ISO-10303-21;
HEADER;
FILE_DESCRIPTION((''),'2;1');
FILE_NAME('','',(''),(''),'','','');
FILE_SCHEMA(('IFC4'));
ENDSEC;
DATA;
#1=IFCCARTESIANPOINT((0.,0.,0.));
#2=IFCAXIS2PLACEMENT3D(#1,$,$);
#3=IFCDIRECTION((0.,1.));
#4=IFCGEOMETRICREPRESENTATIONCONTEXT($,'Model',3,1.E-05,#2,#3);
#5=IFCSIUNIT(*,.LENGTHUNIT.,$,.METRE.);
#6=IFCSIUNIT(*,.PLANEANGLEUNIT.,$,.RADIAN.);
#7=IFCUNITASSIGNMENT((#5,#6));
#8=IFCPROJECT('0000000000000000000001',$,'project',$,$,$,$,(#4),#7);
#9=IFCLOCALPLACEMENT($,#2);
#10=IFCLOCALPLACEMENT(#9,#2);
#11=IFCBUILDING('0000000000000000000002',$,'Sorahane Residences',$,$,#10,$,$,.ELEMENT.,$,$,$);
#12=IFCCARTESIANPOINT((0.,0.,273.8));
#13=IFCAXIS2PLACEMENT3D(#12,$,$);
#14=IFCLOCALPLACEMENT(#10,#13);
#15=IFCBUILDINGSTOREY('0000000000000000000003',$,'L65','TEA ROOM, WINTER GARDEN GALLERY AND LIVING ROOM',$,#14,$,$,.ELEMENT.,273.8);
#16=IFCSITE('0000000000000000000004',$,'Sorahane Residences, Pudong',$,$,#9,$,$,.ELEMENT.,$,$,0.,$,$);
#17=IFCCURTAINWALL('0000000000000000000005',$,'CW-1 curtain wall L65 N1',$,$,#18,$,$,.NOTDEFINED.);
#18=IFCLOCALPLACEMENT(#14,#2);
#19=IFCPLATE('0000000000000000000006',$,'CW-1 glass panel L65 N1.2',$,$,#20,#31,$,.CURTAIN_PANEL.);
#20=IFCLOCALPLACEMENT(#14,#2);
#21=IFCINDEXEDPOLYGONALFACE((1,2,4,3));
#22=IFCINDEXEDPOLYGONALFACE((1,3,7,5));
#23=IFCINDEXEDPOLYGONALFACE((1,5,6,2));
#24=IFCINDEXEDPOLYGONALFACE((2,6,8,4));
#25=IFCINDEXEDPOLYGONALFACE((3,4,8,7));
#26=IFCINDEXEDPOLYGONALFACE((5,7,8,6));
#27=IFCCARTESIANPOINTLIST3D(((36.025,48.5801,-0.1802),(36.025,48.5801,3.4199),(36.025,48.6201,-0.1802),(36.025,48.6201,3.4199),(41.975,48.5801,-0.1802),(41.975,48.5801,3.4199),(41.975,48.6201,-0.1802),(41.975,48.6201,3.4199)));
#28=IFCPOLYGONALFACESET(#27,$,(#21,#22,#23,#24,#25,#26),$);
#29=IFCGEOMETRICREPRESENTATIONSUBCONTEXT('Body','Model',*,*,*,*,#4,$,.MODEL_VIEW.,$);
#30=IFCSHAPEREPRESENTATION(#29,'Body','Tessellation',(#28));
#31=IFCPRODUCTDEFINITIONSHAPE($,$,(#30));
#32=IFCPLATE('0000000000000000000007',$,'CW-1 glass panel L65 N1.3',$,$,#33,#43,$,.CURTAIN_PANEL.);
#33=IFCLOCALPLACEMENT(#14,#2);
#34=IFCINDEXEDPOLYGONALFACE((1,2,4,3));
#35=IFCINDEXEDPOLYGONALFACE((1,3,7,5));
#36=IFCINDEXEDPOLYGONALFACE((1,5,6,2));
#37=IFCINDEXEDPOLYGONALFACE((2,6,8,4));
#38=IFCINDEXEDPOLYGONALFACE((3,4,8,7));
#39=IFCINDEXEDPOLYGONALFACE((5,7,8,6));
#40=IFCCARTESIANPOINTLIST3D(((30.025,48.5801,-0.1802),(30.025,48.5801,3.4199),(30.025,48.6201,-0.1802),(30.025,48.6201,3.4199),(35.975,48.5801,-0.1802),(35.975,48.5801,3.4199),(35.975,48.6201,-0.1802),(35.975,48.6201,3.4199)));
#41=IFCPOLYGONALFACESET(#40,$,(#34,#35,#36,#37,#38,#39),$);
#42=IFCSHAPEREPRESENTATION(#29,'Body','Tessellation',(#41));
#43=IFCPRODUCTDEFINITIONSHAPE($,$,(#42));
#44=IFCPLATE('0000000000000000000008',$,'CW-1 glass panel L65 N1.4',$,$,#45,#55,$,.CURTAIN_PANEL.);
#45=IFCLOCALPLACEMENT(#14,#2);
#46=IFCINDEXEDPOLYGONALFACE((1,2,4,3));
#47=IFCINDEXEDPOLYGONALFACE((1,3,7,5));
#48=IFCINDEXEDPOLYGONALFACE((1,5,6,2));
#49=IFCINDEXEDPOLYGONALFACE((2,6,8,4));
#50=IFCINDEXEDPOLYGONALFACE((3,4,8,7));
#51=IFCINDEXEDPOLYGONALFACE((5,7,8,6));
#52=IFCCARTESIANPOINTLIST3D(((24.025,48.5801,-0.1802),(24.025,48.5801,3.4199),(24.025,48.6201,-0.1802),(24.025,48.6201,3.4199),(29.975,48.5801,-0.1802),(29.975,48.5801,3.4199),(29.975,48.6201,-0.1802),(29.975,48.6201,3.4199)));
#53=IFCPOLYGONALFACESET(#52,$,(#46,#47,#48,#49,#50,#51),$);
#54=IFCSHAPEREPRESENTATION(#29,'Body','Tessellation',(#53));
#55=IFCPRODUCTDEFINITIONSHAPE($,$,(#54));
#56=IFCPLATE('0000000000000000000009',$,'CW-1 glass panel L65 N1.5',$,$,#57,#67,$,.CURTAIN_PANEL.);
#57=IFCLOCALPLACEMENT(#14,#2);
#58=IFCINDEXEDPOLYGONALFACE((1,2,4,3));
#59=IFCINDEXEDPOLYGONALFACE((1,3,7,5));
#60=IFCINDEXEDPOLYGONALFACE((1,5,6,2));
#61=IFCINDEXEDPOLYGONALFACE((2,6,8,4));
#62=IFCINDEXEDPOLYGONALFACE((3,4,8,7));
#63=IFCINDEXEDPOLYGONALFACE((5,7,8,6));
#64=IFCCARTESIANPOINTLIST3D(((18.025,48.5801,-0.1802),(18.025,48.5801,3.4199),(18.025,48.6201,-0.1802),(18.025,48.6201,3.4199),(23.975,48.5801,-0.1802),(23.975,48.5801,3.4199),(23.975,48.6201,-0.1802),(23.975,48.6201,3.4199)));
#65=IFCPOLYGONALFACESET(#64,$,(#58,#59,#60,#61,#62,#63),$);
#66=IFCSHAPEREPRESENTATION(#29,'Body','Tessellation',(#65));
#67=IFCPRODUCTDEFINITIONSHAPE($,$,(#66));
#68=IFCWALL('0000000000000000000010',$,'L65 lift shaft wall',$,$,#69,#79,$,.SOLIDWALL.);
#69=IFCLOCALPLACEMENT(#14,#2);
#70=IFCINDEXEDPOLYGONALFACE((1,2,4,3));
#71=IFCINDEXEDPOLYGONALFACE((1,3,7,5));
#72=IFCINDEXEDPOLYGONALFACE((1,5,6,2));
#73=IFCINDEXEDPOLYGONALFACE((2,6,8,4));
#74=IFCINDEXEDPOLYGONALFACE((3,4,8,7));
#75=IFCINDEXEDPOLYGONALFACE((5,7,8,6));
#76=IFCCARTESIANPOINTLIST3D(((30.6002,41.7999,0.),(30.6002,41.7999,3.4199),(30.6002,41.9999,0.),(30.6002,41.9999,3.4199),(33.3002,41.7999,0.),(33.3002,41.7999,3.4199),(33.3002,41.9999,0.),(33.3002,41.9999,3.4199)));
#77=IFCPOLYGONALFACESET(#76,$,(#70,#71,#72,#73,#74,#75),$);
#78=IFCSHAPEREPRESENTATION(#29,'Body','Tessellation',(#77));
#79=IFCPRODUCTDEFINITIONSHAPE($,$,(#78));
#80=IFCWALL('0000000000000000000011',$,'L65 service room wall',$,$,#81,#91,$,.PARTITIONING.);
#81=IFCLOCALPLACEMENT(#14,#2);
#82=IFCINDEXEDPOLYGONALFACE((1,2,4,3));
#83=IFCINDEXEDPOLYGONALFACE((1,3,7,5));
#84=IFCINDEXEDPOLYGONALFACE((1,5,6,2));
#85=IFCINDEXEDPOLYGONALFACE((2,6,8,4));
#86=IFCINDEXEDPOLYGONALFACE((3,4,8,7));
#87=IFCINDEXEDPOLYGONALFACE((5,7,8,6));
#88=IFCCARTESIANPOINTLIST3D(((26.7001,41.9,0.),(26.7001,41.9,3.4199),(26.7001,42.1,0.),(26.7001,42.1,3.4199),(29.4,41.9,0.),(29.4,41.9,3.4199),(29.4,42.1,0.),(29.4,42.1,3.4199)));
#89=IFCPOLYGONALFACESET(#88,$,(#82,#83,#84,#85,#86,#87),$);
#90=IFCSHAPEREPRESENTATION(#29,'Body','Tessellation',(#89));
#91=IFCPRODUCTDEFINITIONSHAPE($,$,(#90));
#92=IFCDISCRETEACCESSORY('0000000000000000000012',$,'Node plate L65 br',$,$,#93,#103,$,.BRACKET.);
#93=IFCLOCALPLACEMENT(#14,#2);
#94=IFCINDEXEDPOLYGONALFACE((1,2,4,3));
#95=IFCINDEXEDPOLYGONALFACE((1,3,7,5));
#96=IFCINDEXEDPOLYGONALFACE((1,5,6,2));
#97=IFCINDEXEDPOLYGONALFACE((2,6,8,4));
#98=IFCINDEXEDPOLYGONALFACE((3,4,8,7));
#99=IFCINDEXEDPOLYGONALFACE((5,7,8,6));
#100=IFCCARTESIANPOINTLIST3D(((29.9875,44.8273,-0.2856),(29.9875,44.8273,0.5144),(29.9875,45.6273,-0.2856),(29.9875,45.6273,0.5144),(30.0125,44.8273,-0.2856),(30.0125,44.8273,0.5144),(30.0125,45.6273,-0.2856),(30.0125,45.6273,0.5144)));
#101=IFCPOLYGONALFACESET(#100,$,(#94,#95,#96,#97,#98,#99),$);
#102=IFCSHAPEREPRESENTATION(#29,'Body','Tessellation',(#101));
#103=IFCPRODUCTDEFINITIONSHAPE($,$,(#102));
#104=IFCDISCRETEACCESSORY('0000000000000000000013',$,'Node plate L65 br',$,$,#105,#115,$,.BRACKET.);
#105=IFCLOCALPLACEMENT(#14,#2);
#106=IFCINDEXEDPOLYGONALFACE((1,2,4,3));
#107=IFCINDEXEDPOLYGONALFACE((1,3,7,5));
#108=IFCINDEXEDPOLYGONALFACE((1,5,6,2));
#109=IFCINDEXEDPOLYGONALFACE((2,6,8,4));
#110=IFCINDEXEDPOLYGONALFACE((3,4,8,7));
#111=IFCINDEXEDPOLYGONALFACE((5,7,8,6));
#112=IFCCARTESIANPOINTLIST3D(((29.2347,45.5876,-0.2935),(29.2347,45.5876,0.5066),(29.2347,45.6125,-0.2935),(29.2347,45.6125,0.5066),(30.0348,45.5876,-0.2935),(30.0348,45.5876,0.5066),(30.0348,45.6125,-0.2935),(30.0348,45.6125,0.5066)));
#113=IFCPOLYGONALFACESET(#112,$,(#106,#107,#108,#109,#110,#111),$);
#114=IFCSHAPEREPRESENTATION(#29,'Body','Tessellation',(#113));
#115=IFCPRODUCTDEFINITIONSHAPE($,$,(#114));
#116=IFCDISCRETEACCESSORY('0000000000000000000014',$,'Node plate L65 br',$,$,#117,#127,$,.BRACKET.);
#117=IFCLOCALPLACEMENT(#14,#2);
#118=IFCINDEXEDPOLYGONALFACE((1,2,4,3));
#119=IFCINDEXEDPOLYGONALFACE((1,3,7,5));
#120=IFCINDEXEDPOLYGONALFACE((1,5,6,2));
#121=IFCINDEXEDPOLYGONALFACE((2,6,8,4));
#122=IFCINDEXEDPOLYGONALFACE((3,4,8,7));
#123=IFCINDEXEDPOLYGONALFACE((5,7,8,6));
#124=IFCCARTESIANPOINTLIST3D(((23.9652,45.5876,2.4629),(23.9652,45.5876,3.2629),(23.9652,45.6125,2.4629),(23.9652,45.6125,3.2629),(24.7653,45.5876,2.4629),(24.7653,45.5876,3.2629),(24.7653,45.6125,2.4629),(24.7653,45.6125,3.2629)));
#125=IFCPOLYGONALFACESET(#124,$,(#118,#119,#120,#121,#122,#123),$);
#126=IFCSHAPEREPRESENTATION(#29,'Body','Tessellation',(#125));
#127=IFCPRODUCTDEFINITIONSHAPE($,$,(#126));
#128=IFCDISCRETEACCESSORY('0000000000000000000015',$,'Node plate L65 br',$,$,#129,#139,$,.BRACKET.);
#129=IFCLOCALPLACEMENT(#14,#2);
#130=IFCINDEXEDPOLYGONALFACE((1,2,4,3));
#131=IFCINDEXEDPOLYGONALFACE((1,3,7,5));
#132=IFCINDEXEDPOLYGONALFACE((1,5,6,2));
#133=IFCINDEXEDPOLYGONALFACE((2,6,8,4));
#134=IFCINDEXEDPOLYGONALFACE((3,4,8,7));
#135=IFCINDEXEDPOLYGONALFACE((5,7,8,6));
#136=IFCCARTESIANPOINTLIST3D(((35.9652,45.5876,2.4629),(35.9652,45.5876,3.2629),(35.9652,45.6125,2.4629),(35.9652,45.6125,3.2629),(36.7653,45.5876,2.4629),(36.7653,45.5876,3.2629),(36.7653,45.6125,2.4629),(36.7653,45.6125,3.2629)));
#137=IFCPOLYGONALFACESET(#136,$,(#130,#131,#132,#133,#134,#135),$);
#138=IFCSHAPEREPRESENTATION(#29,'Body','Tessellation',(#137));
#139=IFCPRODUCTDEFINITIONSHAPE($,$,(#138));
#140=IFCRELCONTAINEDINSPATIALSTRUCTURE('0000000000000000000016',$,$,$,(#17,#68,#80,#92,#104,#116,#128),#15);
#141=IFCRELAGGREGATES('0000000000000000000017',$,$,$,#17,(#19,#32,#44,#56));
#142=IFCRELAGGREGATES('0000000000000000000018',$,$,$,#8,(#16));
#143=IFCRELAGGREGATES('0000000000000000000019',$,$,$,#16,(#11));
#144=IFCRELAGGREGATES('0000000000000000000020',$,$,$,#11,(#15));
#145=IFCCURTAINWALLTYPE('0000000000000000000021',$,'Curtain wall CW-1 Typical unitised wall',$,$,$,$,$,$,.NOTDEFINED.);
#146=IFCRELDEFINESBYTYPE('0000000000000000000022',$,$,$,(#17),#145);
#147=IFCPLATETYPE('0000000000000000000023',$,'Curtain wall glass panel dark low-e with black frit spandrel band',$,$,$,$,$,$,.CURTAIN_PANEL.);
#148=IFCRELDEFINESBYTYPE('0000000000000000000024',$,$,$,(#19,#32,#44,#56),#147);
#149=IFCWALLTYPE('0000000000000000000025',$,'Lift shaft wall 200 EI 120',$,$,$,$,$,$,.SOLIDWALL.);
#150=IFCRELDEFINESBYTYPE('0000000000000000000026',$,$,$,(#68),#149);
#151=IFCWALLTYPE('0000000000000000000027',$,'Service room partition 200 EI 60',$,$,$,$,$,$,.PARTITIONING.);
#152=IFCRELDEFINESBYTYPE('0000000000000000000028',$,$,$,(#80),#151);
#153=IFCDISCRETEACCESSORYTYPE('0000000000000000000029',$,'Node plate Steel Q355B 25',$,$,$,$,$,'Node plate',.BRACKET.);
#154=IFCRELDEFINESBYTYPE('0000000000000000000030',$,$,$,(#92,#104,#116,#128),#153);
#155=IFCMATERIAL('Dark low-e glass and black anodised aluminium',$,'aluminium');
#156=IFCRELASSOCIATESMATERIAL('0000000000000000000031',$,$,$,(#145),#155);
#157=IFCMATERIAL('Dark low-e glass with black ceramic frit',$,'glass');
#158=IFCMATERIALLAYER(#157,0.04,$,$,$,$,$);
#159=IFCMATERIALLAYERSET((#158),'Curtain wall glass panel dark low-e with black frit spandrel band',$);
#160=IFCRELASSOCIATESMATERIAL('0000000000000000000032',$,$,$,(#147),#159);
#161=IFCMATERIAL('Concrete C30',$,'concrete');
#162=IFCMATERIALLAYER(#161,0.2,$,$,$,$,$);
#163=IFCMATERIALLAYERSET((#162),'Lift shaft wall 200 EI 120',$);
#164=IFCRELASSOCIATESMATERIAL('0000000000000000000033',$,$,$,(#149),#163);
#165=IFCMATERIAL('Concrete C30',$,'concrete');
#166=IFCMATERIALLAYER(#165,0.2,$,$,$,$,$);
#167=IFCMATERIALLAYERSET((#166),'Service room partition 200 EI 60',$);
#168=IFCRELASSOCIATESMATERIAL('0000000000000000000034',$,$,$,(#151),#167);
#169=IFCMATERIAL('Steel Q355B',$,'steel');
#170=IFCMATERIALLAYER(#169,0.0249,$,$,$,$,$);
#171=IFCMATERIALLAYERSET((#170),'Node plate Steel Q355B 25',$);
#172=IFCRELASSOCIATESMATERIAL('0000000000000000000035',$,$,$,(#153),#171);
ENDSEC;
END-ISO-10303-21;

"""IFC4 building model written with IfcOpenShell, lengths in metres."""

from ifc_helpers import new_model, si_unit, direction, frame, frame_2d, origin, origin_2d, place, context, subcontext, project, spatial, rectangle, extrude, material, layer, layer_set, type_object, element, aggregate, save


model = new_model("IFC4")

# Units and contexts
model_context = context("Model", 3, precision=1e-05, world=origin(), true_north=direction((0.0, 1.0)))
body_context = subcontext(model_context, "Body", "Model", "MODEL_VIEW")
ifc_project = project(units=[si_unit("LENGTHUNIT", "METRE"), si_unit("PLANEANGLEUNIT", "RADIAN")], contexts=[model_context])

# Site, building, storey
site_placement = place(None, origin())
site = spatial("IfcSite", under=ifc_project, at=site_placement, Name="Sorahane Residences, Pudong", CompositionType="ELEMENT", RefElevation=0.0)
building_placement = place(site_placement, origin())
building = spatial("IfcBuilding", under=site, at=building_placement, Name="Sorahane Residences", CompositionType="ELEMENT")
storey_placement = place(building_placement, frame((0.0, 0.0, 273.8)))
storey = spatial("IfcBuildingStorey", under=building, at=storey_placement, Name="L65", Description="TEA ROOM, WINTER GARDEN GALLERY AND LIVING ROOM", CompositionType="ELEMENT", Elevation=273.8)

# Curtain wall
ifc_material_1 = material(Name="Dark low-e glass and black anodised aluminium", Category="aluminium")
curtain_wall_type = type_object("IfcCurtainWallType", Name="Curtain wall CW-1 Typical unitised wall", PredefinedType="NOTDEFINED", material=ifc_material_1)
curtain_wall_placement = place(storey_placement, origin())
curtain_wall = element("IfcCurtainWall", 1, at=curtain_wall_placement, inside=storey, type_object=curtain_wall_type, Name="CW-1 curtain wall L65 N1", PredefinedType="NOTDEFINED")

# Plates
ifc_material_2 = material(Name="Dark low-e glass with black ceramic frit", Category="glass")
ifc_layer_1 = layer(ifc_material_2, 0.04)
ifc_layer_set_1 = layer_set([ifc_layer_1], Name="Curtain wall glass panel dark low-e with black frit spandrel band")
plate_type = type_object("IfcPlateType", Name="Curtain wall glass panel dark low-e with black frit spandrel band", PredefinedType="CURTAIN_PANEL", material=ifc_layer_set_1)
plate_1_placement = place(storey_placement, frame((39.0, 48.6001, -0.1802), z_axis=(0.0, 0.0, 1.0), x_axis=(-1.0, 0.0, 0.0)))
plate_1 = element("IfcPlate", 2, at=plate_1_placement, type_object=plate_type, Name="CW-1 glass panel L65 N1.2", PredefinedType="CURTAIN_PANEL", context=body_context, shape_type="SweptSolid", body=[
    extrude(rectangle(XDim=5.95, YDim=0.04, at=origin_2d()), origin(), (0.0, 0.0, 1.0), 3.6001),
])
plate_2_placement = place(storey_placement, frame((33.0, 48.6001, -0.1802), z_axis=(0.0, 0.0, 1.0), x_axis=(-1.0, 0.0, 0.0)))
plate_2 = element("IfcPlate", 3, at=plate_2_placement, type_object=plate_type, Name="CW-1 glass panel L65 N1.3", PredefinedType="CURTAIN_PANEL", context=body_context, shape_type="SweptSolid", body=[
    extrude(rectangle(XDim=5.95, YDim=0.04, at=origin_2d()), origin(), (0.0, 0.0, 1.0), 3.6001),
])
plate_3_placement = place(storey_placement, frame((27.0, 48.6001, -0.1802), z_axis=(0.0, 0.0, 1.0), x_axis=(-1.0, 0.0, 0.0)))
plate_3 = element("IfcPlate", 4, at=plate_3_placement, type_object=plate_type, Name="CW-1 glass panel L65 N1.4", PredefinedType="CURTAIN_PANEL", context=body_context, shape_type="SweptSolid", body=[
    extrude(rectangle(XDim=5.95, YDim=0.04, at=origin_2d()), origin(), (0.0, 0.0, 1.0), 3.6001),
])
plate_4_placement = place(storey_placement, frame((21.0, 48.6001, -0.1802), z_axis=(0.0, 0.0, 1.0), x_axis=(-1.0, 0.0, 0.0)))
plate_4 = element("IfcPlate", 5, at=plate_4_placement, type_object=plate_type, Name="CW-1 glass panel L65 N1.5", PredefinedType="CURTAIN_PANEL", context=body_context, shape_type="SweptSolid", body=[
    extrude(rectangle(XDim=5.95, YDim=0.04, at=origin_2d()), origin(), (0.0, 0.0, 1.0), 3.6001),
])
aggregate(curtain_wall, [plate_1, plate_2, plate_3, plate_4])

# Walls
ifc_material_3 = material(Name="Concrete C30", Category="concrete")
ifc_layer_2 = layer(ifc_material_3, 0.2)
ifc_layer_set_2 = layer_set([ifc_layer_2], Name="Lift shaft wall 200 EI 120")
wall_type_1 = type_object("IfcWallType", Name="Lift shaft wall 200 EI 120", PredefinedType="SOLIDWALL", material=ifc_layer_set_2)
wall_1_placement = place(storey_placement, frame((30.6001, 41.8999, 0.0), z_axis=(0.0, 0.0, 1.0), x_axis=(1.0, 0.0, 0.0)))
element("IfcWall", 6, at=wall_1_placement, inside=storey, type_object=wall_type_1, Name="L65 lift shaft wall", PredefinedType="SOLIDWALL", context=body_context, shape_type="SweptSolid", body=[
    extrude(rectangle(XDim=2.7, YDim=0.2, at=frame_2d((1.3501, 0.0))), origin(), (0.0, 0.0, 1.0), 3.4199),
])
ifc_material_4 = material(Name="Concrete C30", Category="concrete")
ifc_layer_3 = layer(ifc_material_4, 0.2)
ifc_layer_set_3 = layer_set([ifc_layer_3], Name="Service room partition 200 EI 60")
wall_type_2 = type_object("IfcWallType", Name="Service room partition 200 EI 60", PredefinedType="PARTITIONING", material=ifc_layer_set_3)
wall_2_placement = place(storey_placement, frame((26.7, 42.0, 0.0), z_axis=(0.0, 0.0, 1.0), x_axis=(1.0, 0.0, 0.0)))
element("IfcWall", 7, at=wall_2_placement, inside=storey, type_object=wall_type_2, Name="L65 service room wall", PredefinedType="PARTITIONING", context=body_context, shape_type="SweptSolid", body=[
    extrude(rectangle(XDim=2.7, YDim=0.2, at=frame_2d((1.3501, 0.0))), origin(), (0.0, 0.0, 1.0), 3.4199),
])

# Discrete accessories
ifc_material_5 = material(Name="Steel Q355B", Category="steel")
ifc_layer_4 = layer(ifc_material_5, 0.0249)
ifc_layer_set_4 = layer_set([ifc_layer_4], Name="Node plate Steel Q355B 25")
discrete_accessory_type = type_object("IfcDiscreteAccessoryType", Name="Node plate Steel Q355B 25", ElementType="Node plate", PredefinedType="BRACKET", material=ifc_layer_set_4)
for number, where, z_axis, x_axis, name in (
    (8, (30.0, 45.2273, -0.2856), (0.0, 0.0, 1.0), (0.0, 1.0, 0.0), "Node plate L65 br"),
    (9, (29.6348, 45.6001, -0.2935), (0.0, 0.0, 1.0), (1.0, 0.0, 0.0), "Node plate L65 br"),
    (10, (24.3652, 45.6001, 2.4629), (0.0, 0.0, 1.0), (1.0, 0.0, 0.0), "Node plate L65 br"),
    (11, (36.3652, 45.6001, 2.4629), (0.0, 0.0, 1.0), (1.0, 0.0, 0.0), "Node plate L65 br"),
):
    element("IfcDiscreteAccessory", number, at=place(storey_placement, frame(where, z_axis=z_axis, x_axis=x_axis)), inside=storey, type_object=discrete_accessory_type, Name=name, PredefinedType="BRACKET", context=body_context, shape_type="SweptSolid", body=[
        extrude(rectangle(XDim=0.8, YDim=0.0249, at=origin_2d()), origin(), (0.0, 0.0, 1.0), 0.8),
    ])

save(model, "model.ifc")
